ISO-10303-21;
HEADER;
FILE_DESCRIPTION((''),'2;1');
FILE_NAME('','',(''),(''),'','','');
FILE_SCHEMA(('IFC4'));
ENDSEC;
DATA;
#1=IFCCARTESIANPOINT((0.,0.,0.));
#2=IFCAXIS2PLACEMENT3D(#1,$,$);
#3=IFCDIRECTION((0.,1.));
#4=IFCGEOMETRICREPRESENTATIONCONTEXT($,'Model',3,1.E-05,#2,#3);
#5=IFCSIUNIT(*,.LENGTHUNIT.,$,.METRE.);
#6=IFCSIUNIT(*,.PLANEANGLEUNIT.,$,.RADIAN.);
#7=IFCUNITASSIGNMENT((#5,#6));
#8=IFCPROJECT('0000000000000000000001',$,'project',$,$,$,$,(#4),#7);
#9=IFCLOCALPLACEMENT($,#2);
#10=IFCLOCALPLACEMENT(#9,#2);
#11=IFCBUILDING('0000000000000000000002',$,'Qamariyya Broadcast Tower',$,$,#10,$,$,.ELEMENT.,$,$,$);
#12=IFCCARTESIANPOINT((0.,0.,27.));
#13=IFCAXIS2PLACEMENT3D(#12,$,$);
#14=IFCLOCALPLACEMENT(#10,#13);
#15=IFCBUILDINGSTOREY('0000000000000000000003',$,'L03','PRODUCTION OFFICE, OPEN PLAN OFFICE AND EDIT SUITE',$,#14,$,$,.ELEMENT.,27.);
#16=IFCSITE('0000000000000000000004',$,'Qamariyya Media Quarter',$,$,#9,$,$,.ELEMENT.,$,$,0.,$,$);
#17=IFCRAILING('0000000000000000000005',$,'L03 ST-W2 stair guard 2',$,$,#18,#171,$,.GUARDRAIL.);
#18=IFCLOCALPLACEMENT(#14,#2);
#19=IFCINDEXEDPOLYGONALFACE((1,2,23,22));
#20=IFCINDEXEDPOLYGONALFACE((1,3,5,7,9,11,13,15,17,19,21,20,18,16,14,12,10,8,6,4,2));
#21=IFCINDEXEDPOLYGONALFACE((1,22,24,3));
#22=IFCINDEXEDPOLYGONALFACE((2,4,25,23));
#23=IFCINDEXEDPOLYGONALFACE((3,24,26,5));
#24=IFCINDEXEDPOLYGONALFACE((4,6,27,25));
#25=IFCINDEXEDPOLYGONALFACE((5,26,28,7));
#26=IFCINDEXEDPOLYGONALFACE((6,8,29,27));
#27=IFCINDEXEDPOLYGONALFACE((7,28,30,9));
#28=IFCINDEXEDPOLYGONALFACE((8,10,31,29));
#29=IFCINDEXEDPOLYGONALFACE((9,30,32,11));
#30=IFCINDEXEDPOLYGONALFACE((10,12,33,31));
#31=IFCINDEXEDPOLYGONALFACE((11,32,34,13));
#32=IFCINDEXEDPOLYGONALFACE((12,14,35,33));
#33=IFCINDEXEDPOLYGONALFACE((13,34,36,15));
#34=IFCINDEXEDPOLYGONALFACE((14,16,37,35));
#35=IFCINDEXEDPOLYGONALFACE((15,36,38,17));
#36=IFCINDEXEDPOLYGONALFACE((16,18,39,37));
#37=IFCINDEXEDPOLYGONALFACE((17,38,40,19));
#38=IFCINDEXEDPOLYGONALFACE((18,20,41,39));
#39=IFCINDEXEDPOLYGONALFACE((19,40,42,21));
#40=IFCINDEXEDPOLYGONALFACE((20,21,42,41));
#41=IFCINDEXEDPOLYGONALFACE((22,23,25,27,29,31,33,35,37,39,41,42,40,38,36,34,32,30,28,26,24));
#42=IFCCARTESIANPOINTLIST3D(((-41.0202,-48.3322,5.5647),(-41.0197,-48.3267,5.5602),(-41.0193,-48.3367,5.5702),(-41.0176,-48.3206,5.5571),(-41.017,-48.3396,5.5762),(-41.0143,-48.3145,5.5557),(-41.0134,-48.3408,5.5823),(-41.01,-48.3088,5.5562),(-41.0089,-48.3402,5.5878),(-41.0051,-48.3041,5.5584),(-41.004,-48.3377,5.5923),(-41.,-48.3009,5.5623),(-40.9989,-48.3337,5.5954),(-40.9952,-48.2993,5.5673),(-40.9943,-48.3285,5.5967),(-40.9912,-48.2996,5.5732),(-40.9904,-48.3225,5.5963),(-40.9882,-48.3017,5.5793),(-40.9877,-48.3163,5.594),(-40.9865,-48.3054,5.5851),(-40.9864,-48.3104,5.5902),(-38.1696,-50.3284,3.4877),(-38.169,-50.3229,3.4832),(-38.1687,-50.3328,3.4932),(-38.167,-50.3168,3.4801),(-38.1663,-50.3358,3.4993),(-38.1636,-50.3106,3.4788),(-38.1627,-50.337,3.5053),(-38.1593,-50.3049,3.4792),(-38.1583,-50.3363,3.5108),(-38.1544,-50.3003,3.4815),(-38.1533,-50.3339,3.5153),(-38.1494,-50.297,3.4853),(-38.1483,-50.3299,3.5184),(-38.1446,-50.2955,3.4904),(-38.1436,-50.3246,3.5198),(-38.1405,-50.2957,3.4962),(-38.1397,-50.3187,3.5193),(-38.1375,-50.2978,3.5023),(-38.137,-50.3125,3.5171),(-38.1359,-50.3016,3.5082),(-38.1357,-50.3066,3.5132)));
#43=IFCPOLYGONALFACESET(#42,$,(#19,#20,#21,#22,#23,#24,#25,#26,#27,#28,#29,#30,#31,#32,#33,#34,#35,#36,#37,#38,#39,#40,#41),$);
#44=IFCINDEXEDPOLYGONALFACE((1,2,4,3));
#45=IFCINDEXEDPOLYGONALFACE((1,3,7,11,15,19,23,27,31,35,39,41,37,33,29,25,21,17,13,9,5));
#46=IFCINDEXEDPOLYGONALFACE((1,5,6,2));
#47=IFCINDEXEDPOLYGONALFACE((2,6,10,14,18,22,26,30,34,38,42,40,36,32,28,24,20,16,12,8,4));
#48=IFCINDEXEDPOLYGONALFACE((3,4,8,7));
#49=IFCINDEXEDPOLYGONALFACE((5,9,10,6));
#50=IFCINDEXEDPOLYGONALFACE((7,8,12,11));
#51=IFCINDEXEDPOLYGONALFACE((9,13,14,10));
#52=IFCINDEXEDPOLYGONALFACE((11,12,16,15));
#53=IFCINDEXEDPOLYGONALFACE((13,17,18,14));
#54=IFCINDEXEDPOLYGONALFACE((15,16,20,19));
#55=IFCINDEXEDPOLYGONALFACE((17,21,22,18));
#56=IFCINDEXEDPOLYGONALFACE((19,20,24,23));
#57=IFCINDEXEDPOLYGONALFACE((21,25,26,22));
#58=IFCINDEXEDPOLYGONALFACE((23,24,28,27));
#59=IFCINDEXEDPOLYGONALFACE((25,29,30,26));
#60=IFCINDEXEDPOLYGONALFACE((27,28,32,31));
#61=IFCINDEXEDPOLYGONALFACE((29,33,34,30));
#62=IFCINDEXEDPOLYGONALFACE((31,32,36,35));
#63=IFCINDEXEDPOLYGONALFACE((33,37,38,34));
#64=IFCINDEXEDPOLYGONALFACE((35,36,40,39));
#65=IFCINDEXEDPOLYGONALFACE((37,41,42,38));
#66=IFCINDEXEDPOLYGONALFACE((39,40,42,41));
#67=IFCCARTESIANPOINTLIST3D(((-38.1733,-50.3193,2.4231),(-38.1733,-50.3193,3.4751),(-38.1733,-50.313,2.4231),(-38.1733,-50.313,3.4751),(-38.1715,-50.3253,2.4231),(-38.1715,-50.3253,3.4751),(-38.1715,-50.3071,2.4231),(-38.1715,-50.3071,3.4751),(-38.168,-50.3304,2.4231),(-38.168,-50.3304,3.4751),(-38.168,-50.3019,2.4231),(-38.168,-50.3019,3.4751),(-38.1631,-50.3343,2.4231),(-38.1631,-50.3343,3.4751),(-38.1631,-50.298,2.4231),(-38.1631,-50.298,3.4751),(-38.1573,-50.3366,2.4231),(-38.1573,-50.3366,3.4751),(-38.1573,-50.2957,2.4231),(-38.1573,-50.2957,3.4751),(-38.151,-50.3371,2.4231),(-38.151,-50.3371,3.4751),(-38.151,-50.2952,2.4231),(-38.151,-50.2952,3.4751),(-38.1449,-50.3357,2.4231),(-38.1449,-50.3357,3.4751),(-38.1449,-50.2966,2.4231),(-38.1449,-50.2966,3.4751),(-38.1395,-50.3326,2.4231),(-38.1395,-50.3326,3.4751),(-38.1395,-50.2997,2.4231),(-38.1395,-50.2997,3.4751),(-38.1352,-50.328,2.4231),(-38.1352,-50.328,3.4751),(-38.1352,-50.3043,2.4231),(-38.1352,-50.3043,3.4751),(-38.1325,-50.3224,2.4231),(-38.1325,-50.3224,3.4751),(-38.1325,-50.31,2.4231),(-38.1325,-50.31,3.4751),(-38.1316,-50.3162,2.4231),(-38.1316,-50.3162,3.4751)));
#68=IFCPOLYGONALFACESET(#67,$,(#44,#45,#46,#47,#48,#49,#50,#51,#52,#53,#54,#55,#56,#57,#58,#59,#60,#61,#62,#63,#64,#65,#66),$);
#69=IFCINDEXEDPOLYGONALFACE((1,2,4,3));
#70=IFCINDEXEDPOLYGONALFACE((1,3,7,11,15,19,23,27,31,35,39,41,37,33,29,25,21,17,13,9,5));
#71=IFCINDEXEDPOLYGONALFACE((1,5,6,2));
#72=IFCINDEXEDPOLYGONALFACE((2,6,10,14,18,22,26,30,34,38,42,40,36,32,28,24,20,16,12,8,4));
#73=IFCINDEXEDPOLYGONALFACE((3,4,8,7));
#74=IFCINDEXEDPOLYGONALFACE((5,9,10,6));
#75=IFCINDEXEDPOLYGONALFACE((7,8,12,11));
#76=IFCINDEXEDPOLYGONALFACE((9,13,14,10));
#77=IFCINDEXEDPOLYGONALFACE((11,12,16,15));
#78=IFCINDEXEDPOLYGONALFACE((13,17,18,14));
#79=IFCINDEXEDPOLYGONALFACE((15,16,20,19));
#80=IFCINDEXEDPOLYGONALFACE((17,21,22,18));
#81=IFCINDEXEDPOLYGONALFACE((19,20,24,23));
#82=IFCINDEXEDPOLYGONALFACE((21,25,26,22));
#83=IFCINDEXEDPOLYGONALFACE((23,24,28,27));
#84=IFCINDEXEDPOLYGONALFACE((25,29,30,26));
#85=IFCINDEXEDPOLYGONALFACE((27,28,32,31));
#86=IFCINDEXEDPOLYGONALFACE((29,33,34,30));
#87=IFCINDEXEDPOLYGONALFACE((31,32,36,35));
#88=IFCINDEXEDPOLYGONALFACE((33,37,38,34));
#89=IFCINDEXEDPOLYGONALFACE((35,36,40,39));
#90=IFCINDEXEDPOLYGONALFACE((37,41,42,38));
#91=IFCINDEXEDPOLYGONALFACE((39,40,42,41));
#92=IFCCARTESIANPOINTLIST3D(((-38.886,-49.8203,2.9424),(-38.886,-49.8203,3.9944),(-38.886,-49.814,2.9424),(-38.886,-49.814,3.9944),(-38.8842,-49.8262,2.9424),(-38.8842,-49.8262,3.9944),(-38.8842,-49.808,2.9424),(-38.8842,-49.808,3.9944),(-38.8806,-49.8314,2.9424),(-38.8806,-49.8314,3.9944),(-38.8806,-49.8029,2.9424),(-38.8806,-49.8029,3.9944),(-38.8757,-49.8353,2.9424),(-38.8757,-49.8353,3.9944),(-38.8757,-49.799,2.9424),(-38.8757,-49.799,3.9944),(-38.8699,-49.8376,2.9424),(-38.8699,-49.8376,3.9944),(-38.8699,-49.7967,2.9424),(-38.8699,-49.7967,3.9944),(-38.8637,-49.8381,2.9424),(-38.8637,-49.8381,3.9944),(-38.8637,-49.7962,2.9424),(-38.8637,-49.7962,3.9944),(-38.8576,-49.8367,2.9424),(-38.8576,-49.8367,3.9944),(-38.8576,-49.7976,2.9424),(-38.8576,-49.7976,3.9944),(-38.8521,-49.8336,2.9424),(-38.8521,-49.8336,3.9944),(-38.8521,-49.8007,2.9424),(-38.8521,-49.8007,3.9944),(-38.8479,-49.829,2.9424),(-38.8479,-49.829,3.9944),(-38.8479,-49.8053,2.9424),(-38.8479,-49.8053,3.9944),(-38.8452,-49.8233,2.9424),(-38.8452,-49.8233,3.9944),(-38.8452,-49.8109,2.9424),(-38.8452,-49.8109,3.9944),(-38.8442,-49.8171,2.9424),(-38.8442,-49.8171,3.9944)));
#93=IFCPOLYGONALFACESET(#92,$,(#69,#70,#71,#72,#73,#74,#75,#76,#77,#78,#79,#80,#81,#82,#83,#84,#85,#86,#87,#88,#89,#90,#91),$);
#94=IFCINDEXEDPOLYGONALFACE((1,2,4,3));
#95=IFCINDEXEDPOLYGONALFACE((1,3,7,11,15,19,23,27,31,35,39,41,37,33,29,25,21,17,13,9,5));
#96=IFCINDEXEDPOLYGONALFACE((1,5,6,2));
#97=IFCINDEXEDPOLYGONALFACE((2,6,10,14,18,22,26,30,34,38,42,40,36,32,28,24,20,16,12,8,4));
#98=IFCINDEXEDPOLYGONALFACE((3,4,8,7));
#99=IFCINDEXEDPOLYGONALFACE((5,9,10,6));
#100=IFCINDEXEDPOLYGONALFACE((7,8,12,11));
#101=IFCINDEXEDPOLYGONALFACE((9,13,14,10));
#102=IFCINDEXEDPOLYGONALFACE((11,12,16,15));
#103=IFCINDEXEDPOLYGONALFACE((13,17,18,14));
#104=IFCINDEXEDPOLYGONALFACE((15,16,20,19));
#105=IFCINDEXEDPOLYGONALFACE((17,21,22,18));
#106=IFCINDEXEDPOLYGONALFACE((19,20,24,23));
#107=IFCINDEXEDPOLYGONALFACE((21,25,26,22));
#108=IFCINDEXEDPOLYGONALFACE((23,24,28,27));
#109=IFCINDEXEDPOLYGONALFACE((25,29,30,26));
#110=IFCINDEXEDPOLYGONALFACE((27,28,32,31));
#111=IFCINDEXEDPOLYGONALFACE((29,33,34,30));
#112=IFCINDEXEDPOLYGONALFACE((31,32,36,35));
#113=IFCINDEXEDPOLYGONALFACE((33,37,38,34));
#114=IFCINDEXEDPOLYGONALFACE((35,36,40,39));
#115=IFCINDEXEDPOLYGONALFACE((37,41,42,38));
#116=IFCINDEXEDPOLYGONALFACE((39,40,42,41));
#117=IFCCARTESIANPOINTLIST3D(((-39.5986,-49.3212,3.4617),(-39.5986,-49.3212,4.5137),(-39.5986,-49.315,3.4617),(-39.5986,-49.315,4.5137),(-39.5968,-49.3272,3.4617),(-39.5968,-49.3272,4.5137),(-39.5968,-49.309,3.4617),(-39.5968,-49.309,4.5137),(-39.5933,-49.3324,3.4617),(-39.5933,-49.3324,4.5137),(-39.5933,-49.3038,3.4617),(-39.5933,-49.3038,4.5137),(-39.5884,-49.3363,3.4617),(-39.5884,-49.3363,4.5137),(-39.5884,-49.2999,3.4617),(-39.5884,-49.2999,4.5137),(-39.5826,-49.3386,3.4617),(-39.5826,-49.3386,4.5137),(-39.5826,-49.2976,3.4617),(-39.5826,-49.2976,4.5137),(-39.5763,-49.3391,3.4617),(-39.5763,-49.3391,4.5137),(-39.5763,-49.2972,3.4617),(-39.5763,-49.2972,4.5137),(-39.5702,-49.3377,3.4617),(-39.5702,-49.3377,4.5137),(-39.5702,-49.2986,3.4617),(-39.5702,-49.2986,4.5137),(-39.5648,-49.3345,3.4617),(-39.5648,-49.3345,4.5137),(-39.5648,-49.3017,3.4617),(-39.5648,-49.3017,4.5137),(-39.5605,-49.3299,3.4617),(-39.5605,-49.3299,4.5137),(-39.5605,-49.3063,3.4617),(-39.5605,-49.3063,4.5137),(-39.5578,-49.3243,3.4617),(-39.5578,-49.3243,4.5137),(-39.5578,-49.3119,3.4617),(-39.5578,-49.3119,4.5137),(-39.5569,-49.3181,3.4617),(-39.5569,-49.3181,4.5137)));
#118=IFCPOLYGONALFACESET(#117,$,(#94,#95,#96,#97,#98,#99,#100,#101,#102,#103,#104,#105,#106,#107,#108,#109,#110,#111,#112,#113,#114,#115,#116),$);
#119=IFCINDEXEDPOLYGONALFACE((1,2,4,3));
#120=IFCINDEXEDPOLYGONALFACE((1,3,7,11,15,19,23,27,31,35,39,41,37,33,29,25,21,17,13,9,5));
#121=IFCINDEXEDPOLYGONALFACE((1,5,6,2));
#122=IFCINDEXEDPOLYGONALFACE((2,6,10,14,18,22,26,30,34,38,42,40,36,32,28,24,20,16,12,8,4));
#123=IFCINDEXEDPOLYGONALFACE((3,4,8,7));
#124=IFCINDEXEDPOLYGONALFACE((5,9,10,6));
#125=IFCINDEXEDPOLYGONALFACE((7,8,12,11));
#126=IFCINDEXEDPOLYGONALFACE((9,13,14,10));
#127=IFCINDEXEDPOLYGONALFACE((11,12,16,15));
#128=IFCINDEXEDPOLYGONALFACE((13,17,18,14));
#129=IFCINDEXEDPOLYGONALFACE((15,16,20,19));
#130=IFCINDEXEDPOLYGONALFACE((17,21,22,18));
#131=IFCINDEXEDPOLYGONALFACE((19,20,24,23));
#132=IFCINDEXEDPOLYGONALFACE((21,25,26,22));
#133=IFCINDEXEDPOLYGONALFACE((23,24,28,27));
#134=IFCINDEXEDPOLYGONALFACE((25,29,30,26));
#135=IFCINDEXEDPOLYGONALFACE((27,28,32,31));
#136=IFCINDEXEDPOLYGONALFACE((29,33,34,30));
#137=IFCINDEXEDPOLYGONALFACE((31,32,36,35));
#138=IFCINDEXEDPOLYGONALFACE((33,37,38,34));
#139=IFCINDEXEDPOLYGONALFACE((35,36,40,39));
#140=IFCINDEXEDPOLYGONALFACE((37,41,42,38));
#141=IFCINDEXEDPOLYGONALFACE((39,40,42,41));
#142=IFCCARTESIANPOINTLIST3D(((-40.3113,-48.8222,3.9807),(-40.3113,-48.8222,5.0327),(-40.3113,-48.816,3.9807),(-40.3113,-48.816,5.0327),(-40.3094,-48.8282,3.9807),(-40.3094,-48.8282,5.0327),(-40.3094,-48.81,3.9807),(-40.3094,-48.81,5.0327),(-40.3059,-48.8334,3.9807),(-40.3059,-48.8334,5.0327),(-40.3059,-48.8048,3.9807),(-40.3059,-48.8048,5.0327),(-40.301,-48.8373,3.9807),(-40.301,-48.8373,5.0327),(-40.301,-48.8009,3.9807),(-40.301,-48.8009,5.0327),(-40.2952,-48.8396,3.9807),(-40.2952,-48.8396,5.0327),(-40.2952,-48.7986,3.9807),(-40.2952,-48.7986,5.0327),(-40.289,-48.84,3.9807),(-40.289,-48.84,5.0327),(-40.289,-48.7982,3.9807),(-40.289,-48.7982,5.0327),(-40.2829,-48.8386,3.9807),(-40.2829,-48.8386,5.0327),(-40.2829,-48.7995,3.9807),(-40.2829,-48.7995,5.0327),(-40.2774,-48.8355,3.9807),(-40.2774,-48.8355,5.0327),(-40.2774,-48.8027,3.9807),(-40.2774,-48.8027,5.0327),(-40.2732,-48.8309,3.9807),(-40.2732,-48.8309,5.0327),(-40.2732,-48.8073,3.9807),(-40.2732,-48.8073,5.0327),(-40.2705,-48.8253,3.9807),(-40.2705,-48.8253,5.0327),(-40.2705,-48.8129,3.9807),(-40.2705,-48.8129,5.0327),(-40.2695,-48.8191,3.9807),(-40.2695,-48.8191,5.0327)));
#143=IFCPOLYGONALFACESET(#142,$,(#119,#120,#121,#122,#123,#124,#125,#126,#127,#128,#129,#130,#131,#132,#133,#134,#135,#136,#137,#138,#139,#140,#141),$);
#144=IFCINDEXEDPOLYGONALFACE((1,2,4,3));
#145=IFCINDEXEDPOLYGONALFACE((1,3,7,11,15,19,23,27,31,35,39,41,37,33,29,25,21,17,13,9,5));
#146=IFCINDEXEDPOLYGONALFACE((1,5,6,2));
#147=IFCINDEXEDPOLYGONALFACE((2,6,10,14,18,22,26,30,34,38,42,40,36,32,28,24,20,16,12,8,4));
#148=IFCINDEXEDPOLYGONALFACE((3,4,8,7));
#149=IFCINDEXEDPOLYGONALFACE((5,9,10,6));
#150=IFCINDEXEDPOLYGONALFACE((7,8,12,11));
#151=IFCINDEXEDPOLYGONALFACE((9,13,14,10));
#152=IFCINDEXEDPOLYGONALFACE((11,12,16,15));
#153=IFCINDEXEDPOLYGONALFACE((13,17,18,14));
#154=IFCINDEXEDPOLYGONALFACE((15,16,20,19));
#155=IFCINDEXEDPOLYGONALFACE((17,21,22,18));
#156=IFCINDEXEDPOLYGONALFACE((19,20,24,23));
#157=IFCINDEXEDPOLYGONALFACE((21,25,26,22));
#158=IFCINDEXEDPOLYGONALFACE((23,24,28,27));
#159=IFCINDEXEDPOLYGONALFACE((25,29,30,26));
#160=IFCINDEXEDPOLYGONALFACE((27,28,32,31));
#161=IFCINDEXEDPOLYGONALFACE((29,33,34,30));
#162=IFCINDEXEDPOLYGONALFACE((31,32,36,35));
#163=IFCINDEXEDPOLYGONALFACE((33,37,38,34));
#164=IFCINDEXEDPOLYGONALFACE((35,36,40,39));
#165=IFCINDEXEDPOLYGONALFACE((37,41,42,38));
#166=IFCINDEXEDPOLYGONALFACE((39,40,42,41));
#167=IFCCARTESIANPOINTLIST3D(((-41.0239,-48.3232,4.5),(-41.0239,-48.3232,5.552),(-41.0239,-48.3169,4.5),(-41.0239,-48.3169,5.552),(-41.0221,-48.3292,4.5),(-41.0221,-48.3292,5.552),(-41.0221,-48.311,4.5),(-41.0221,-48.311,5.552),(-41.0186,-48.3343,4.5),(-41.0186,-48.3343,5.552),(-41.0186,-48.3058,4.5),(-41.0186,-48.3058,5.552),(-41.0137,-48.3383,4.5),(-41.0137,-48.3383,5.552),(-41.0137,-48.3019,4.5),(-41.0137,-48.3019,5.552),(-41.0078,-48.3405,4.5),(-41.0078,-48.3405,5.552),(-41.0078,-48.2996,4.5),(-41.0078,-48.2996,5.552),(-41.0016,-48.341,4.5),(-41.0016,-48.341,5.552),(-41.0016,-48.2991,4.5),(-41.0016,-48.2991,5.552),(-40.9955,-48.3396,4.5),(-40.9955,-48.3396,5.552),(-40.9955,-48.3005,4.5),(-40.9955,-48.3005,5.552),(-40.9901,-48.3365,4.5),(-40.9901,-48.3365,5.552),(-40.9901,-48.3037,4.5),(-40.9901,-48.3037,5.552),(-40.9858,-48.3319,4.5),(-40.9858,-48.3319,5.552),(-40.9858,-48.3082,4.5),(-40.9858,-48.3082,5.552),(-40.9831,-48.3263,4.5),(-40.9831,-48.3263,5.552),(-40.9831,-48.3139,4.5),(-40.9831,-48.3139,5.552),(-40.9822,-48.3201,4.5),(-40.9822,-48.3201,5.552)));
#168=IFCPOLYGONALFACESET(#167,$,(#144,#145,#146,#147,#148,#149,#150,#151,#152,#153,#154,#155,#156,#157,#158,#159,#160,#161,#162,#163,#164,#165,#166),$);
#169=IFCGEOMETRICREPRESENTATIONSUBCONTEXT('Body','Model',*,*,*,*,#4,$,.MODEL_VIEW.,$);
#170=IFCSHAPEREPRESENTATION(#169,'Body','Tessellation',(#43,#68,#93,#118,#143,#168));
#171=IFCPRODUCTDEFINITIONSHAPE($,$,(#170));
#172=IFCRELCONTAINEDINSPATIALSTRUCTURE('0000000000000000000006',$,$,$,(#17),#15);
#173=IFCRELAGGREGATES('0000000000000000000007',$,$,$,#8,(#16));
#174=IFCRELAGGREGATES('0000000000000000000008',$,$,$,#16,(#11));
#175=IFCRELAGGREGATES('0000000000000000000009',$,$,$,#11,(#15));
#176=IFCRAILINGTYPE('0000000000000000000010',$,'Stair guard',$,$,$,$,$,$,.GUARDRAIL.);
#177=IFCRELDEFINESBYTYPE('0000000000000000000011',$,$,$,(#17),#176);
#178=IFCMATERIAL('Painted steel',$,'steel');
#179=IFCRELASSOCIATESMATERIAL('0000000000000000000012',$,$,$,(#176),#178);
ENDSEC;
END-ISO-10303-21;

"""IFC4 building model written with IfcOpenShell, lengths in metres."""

from ifc_helpers import new_model, si_unit, direction, frame, origin, origin_2d, place, context, subcontext, project, spatial, circle, extrude, material, type_object, element, save


model = new_model("IFC4")

# Units and contexts
model_context = context("Model", 3, precision=1e-05, world=origin(), true_north=direction((0.0, 1.0)))
body_context = subcontext(model_context, "Body", "Model", "MODEL_VIEW")
ifc_project = project(units=[si_unit("LENGTHUNIT", "METRE"), si_unit("PLANEANGLEUNIT", "RADIAN")], contexts=[model_context])

# Site, building, storey
site_placement = place(None, origin())
site = spatial("IfcSite", under=ifc_project, at=site_placement, Name="Qamariyya Media Quarter", CompositionType="ELEMENT", RefElevation=0.0)
building_placement = place(site_placement, origin())
building = spatial("IfcBuilding", under=site, at=building_placement, Name="Qamariyya Broadcast Tower", CompositionType="ELEMENT")
storey_placement = place(building_placement, frame((0.0, 0.0, 27.0)))
storey = spatial("IfcBuildingStorey", under=building, at=storey_placement, Name="L03", Description="PRODUCTION OFFICE, OPEN PLAN OFFICE AND EDIT SUITE", CompositionType="ELEMENT", Elevation=27.0)

# Railing
ifc_material_1 = material(Name="Painted steel", Category="steel")
railing_type_1 = type_object("IfcRailingType", Name="Stair guard", PredefinedType="GUARDRAIL", material=ifc_material_1)
railing_1_placement = place(storey_placement, frame((-38.1526, -50.3162, 2.4231)))
element("IfcRailing", 1, at=railing_1_placement, inside=storey, type_object=railing_type_1, Name="L03 ST-W2 stair guard 2", PredefinedType="GUARDRAIL", context=body_context, shape_type="SweptSolid", body=[
    extrude(circle(Radius=0.0239, at=origin_2d()), frame((0.0, 0.0, 1.0762), z_axis=(-0.703393, 0.492544, 0.512484), x_axis=(-0.573594, -0.81914, 0.0)), (0.0, 0.0, 1.0), 4.0527),
    extrude(circle(Radius=0.021, at=origin_2d()), origin(), (0.0, 0.0, 1.0), 1.052),
    extrude(circle(Radius=0.021, at=origin_2d()), frame((-0.7126, 0.499, 0.5193)), (0.0, 0.0, 1.0), 1.052),
    extrude(circle(Radius=0.021, at=origin_2d()), frame((-1.4253, 0.998, 1.0386)), (0.0, 0.0, 1.0), 1.052),
    extrude(circle(Radius=0.021, at=origin_2d()), frame((-2.1379, 1.4971, 1.5576)), (0.0, 0.0, 1.0), 1.052),
    extrude(circle(Radius=0.021, at=origin_2d()), frame((-2.8506, 1.9961, 2.0769)), (0.0, 0.0, 1.0), 1.052),
])

save(model, "model.ifc")
